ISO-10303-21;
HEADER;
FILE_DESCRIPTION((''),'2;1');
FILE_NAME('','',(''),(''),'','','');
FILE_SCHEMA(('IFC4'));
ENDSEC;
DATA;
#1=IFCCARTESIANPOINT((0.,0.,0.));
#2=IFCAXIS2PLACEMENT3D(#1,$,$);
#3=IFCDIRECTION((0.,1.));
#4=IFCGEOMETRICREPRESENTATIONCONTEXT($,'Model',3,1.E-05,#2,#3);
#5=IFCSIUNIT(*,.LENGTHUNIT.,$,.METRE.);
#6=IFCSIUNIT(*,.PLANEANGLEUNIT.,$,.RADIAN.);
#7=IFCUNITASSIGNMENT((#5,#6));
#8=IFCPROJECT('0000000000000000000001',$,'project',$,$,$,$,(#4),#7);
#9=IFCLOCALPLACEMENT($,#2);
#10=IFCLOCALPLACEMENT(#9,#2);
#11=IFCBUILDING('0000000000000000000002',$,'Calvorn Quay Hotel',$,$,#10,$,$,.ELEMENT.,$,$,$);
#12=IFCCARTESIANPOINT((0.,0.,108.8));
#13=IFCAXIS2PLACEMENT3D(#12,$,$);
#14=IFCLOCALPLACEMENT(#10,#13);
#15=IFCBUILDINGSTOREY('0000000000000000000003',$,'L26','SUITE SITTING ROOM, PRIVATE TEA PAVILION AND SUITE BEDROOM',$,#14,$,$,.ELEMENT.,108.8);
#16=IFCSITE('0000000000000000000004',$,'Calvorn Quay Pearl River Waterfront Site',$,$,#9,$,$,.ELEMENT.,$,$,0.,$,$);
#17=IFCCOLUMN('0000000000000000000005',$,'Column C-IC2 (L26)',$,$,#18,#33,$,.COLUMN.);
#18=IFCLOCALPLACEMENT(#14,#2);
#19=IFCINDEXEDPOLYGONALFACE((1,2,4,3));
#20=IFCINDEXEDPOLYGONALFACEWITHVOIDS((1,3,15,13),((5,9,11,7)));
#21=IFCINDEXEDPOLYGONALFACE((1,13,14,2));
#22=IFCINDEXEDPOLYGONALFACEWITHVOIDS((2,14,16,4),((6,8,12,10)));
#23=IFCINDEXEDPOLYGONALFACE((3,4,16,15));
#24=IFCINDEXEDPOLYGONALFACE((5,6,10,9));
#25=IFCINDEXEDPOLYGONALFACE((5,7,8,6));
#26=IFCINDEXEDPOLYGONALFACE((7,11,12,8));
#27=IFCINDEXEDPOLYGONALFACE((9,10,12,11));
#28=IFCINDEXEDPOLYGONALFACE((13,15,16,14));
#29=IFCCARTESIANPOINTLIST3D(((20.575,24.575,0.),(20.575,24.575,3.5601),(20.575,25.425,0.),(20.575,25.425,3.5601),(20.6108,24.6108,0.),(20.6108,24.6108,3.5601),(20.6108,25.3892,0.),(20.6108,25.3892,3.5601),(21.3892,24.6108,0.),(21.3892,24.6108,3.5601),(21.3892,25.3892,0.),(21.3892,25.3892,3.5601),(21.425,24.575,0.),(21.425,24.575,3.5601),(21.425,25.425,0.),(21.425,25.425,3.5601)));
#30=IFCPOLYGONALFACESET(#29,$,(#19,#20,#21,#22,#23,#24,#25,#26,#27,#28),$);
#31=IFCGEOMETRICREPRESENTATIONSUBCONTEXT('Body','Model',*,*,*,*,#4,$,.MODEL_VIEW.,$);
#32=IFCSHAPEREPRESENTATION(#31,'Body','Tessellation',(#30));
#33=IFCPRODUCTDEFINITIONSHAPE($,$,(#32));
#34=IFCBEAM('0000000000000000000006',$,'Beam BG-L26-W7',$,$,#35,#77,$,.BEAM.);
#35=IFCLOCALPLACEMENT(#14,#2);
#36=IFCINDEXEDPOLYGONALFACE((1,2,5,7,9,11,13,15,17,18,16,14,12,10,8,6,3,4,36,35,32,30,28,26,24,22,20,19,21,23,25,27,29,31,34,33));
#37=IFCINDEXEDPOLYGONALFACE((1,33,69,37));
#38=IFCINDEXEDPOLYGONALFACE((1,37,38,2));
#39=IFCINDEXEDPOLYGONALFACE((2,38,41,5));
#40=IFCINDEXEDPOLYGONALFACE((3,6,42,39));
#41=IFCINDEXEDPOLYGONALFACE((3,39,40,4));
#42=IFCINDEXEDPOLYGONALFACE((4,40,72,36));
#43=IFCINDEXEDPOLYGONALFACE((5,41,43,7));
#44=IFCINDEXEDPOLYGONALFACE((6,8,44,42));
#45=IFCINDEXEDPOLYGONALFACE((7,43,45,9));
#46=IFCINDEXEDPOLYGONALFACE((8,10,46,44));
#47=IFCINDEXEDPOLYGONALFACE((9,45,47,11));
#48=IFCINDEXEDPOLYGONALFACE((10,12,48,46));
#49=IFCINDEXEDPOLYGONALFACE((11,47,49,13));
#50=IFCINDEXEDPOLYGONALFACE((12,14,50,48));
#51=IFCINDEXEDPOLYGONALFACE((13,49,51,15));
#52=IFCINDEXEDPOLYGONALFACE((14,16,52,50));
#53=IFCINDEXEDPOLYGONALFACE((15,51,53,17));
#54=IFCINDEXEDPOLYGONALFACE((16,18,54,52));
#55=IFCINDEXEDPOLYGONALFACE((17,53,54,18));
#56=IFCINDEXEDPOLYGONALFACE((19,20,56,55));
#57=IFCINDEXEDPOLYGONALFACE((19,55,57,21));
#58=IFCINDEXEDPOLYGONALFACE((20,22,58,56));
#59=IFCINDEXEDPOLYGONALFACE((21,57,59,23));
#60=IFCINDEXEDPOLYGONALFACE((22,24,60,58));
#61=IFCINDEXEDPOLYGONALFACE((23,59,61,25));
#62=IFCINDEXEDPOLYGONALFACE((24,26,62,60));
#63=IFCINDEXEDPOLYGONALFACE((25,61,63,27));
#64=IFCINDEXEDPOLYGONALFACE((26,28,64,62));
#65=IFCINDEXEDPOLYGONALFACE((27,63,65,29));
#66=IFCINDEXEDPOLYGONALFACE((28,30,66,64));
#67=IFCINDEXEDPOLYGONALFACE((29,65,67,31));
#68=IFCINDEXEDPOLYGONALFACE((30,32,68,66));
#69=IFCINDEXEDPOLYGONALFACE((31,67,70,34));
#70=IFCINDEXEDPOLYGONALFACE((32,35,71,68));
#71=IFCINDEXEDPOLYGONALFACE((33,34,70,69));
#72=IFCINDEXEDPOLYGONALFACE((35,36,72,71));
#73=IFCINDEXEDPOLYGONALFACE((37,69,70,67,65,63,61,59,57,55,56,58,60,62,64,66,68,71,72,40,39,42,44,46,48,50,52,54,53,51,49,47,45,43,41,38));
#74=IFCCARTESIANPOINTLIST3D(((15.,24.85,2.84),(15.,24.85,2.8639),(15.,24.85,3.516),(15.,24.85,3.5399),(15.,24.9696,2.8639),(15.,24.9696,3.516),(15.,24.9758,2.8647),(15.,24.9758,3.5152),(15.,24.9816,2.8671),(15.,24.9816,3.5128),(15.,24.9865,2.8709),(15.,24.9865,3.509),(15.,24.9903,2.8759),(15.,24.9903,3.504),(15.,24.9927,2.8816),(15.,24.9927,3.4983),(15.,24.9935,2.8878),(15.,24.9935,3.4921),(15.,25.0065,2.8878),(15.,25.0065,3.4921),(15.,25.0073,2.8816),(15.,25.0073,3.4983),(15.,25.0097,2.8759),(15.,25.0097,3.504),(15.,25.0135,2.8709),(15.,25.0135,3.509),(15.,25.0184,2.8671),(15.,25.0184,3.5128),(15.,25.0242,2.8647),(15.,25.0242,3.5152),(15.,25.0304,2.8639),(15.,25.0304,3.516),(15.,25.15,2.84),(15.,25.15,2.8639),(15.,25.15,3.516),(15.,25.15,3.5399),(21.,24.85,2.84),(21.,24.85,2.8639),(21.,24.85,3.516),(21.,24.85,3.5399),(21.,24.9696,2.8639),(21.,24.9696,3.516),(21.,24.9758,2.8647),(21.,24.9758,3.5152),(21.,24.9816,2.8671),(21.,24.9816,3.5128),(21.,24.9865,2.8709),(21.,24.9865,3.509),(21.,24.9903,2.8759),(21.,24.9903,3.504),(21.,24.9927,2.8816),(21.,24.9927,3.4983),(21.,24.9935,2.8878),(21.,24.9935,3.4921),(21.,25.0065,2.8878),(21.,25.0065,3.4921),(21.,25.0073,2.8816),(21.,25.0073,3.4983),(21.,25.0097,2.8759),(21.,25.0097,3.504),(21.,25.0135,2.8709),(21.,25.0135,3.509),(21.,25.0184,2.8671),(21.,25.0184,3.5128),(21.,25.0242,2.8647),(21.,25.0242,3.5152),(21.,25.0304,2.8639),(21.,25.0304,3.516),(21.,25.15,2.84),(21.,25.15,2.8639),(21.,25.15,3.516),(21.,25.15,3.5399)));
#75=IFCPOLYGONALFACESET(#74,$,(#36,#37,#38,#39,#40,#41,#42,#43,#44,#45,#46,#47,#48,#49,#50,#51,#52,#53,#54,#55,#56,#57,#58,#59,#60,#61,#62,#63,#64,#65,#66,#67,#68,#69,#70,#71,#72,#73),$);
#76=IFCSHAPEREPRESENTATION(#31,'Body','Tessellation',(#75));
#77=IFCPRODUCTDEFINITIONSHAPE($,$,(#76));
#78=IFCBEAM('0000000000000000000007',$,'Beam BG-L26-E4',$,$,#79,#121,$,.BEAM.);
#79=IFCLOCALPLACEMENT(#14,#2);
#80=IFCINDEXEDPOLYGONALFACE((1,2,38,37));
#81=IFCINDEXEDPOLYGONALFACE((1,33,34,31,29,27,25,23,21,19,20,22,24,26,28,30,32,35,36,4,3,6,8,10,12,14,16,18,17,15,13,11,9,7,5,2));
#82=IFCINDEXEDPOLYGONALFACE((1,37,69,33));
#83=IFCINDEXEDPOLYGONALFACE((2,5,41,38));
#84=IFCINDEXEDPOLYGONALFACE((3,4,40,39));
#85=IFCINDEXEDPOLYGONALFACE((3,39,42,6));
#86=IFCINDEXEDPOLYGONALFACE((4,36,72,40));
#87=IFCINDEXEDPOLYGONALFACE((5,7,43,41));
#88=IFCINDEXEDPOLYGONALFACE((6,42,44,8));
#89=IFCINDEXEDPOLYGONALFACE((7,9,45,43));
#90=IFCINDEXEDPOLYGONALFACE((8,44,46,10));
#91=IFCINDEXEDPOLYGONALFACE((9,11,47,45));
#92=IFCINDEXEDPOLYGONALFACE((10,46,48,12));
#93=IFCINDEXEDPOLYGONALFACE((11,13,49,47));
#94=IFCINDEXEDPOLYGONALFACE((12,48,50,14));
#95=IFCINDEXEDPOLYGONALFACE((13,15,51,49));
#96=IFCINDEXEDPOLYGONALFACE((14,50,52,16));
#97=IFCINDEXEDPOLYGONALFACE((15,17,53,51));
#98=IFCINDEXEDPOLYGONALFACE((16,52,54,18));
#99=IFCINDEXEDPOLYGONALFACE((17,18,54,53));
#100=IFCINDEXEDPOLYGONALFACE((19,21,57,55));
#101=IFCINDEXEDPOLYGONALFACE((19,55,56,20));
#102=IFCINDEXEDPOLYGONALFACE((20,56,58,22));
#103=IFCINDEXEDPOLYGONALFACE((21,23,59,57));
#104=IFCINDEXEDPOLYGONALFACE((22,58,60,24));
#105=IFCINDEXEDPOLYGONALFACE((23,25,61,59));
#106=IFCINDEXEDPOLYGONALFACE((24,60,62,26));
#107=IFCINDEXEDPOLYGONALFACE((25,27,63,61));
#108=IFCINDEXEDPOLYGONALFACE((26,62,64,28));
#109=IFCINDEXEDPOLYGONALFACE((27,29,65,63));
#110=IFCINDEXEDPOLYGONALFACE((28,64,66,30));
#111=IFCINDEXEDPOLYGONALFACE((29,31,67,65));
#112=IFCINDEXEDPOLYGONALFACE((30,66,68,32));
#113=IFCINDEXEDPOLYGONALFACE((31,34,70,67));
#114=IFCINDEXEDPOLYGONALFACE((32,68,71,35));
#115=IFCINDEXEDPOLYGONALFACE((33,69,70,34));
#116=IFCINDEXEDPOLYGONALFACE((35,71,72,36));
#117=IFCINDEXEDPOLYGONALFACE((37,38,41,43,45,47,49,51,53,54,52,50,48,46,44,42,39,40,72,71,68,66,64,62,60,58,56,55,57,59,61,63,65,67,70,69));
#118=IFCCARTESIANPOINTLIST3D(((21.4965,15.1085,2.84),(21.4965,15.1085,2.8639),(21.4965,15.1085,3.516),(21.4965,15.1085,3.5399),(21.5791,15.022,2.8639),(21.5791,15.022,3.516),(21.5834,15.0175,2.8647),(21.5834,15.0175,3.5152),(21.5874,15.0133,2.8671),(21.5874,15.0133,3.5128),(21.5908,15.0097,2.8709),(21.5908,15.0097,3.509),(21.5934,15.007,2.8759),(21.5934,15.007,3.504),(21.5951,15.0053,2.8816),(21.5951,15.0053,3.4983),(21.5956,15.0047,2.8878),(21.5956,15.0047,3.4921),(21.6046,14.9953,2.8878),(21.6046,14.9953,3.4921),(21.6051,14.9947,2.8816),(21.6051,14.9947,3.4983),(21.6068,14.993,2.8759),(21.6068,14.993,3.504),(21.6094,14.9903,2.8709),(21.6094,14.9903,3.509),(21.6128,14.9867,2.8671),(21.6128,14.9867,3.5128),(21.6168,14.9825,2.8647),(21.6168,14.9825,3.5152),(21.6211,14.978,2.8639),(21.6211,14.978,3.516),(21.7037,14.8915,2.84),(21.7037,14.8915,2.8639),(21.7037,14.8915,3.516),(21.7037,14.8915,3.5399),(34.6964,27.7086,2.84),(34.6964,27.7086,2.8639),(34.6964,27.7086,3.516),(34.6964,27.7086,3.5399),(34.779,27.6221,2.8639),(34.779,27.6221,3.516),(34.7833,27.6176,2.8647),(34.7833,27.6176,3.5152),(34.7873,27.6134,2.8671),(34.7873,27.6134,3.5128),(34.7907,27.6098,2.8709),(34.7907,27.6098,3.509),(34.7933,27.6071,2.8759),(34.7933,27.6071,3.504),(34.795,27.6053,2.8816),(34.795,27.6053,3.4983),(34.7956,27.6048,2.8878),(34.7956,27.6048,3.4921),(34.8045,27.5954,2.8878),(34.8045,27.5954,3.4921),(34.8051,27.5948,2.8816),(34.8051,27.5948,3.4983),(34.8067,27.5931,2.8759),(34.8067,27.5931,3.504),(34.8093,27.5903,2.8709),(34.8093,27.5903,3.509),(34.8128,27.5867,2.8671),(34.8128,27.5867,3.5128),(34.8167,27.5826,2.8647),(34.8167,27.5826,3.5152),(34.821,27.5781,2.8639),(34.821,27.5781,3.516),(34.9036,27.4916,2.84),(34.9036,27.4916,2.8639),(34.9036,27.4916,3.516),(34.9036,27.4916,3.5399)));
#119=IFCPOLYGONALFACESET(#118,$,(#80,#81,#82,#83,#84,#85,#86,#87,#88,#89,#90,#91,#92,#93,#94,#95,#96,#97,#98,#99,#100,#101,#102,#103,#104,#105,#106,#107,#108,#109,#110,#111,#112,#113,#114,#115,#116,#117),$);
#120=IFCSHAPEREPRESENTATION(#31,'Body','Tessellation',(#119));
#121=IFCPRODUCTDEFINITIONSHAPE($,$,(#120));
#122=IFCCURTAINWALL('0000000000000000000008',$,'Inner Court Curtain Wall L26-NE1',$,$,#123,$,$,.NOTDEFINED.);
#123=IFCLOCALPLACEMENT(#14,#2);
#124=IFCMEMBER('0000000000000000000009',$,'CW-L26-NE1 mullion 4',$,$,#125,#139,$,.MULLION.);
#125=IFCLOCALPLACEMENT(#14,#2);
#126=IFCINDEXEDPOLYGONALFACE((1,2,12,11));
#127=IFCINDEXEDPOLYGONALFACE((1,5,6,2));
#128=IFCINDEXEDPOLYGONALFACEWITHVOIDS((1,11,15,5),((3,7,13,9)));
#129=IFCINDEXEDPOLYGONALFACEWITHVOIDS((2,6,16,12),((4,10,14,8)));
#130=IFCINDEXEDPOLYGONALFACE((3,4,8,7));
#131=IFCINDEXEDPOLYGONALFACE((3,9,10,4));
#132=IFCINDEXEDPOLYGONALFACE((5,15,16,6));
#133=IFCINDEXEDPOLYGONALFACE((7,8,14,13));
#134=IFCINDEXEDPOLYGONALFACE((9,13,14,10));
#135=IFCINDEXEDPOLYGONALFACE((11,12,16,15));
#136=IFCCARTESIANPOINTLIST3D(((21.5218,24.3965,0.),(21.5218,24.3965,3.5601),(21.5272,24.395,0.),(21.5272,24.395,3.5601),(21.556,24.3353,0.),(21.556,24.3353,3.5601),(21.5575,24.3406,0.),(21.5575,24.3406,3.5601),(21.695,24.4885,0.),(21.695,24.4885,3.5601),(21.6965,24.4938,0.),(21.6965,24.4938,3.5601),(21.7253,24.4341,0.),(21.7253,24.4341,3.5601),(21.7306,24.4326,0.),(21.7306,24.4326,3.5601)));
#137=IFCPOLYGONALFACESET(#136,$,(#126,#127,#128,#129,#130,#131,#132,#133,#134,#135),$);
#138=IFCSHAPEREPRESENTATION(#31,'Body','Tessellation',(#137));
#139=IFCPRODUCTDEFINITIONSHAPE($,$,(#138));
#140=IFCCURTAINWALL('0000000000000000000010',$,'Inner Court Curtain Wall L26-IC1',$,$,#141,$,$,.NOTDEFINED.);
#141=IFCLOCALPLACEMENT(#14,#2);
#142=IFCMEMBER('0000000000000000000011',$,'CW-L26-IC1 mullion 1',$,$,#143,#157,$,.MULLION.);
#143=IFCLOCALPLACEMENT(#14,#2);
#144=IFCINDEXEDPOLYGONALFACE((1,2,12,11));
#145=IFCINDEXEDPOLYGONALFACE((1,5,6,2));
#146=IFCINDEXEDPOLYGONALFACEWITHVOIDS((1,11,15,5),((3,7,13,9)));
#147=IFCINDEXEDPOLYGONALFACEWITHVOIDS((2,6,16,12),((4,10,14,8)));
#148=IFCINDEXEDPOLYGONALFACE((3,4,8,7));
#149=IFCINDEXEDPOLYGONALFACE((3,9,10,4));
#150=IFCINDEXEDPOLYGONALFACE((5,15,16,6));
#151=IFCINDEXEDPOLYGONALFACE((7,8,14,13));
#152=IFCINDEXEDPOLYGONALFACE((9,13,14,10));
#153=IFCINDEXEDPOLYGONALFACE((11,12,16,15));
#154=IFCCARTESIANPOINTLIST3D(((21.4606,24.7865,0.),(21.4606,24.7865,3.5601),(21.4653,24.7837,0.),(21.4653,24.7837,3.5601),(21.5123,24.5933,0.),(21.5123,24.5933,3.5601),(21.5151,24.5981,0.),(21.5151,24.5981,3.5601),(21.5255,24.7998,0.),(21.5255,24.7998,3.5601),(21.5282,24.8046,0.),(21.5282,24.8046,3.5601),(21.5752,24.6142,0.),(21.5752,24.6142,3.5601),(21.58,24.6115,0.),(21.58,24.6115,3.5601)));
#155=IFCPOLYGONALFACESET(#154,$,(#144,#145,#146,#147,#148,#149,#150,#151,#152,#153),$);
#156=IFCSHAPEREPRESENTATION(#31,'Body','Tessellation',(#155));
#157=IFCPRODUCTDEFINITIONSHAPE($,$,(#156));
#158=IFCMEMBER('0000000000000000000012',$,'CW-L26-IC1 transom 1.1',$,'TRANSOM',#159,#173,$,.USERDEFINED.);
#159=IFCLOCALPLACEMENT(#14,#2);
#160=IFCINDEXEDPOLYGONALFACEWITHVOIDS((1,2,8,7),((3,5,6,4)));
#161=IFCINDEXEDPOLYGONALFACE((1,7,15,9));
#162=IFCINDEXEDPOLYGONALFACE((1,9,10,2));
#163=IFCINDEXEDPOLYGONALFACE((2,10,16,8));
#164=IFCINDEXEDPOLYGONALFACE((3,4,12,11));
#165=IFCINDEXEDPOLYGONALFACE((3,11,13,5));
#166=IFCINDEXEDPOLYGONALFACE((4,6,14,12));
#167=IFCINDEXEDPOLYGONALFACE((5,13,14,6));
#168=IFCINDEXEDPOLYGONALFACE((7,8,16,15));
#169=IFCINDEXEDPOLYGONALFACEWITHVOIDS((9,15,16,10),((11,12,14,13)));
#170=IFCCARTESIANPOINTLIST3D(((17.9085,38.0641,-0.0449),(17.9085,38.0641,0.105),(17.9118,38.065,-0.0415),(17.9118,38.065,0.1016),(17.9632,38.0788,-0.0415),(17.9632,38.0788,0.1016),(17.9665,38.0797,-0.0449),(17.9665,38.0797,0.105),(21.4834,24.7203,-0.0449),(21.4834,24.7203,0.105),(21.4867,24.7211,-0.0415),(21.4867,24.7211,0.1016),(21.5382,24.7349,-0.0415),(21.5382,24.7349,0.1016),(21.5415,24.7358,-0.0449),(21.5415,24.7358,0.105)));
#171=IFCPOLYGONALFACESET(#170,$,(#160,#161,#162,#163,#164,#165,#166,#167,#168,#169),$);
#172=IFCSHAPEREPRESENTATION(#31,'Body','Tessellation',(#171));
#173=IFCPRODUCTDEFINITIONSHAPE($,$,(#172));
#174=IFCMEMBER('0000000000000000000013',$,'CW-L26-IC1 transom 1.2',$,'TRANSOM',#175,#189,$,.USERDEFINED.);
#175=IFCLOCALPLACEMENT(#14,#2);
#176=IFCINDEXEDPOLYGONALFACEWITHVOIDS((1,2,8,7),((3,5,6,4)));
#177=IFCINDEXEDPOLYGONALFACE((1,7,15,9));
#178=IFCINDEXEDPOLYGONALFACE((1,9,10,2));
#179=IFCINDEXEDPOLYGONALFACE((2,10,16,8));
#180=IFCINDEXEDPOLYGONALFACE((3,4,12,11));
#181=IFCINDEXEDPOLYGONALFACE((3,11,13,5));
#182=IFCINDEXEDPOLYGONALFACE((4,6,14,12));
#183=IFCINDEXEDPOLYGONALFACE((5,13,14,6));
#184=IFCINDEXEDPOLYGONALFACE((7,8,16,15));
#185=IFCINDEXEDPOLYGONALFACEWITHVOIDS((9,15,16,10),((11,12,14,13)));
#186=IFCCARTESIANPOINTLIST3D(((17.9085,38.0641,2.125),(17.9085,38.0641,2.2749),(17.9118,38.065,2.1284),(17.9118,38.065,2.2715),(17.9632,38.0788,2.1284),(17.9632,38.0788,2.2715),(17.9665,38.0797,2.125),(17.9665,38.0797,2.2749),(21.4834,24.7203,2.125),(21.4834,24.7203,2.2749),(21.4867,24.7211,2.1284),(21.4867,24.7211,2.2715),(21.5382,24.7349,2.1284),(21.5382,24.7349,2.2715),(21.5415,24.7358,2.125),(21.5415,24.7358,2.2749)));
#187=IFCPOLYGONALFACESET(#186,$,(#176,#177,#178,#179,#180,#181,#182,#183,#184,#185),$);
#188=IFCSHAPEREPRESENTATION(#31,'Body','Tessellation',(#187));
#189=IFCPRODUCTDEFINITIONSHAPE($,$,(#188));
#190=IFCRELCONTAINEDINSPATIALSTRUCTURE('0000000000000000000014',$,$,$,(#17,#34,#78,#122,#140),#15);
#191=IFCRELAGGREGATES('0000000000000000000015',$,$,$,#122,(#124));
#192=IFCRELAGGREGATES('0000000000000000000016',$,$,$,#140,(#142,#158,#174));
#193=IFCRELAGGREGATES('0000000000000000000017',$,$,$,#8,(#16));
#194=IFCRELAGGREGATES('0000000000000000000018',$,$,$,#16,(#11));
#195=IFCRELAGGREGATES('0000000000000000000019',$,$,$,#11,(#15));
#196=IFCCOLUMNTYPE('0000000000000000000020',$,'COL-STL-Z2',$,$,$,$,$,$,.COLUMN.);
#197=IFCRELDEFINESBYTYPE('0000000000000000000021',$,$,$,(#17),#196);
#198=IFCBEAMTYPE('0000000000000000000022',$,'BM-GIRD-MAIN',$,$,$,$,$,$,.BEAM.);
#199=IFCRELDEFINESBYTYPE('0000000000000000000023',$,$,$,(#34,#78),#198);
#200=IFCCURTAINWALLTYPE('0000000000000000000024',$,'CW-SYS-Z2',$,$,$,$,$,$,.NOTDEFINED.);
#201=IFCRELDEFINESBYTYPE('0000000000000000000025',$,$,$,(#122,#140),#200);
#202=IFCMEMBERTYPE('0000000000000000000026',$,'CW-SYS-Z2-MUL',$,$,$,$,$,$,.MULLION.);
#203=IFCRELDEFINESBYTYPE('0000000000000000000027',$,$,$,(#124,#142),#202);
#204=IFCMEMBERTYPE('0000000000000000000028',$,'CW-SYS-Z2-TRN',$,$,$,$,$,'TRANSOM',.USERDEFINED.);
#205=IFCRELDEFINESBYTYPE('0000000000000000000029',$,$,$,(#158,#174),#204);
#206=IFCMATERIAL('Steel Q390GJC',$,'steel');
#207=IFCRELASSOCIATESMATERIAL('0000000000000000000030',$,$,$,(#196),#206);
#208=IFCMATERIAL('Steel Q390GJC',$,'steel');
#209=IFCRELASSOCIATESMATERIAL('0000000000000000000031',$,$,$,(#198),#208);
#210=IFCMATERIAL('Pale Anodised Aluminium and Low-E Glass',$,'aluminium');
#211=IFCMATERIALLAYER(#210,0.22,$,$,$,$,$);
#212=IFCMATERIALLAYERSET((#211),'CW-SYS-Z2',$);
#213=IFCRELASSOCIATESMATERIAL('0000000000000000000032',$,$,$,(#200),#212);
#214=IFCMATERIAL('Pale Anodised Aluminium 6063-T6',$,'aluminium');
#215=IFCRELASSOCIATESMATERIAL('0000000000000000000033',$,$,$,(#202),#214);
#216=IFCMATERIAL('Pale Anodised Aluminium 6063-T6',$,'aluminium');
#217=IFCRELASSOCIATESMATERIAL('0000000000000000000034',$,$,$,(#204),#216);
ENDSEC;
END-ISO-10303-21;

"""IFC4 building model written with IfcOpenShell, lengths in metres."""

from ifc_helpers import new_model, si_unit, direction, frame, origin, origin_2d, place, context, subcontext, project, spatial, hollow_rectangle, i_section, extrude, material, layer, layer_set, material_profile, profile_set, type_object, element, aggregate, save


model = new_model("IFC4")

# Units and contexts
model_context = context("Model", 3, precision=1e-05, world=origin(), true_north=direction((0.0, 1.0)))
body_context = subcontext(model_context, "Body", "Model", "MODEL_VIEW")
ifc_project = project(units=[si_unit("LENGTHUNIT", "METRE"), si_unit("PLANEANGLEUNIT", "RADIAN")], contexts=[model_context])

# Site, building, storey
site_placement = place(None, origin())
site = spatial("IfcSite", under=ifc_project, at=site_placement, Name="Calvorn Quay Pearl River Waterfront Site", CompositionType="ELEMENT", RefElevation=0.0)
building_placement = place(site_placement, origin())
building = spatial("IfcBuilding", under=site, at=building_placement, Name="Calvorn Quay Hotel", CompositionType="ELEMENT")
storey_placement = place(building_placement, frame((0.0, 0.0, 108.8)))
storey = spatial("IfcBuildingStorey", under=building, at=storey_placement, Name="L26", Description="SUITE SITTING ROOM, PRIVATE TEA PAVILION AND SUITE BEDROOM", CompositionType="ELEMENT", Elevation=108.8)

# Column
ifc_material_1 = material(Name="Steel Q390GJC", Category="steel")
ifc_material_profile_1 = material_profile(ifc_material_1, hollow_rectangle(XDim=0.8501, YDim=0.8501, WallThickness=0.0359, at=origin_2d()), Name="BOX850x850x36")
ifc_profile_set_1 = profile_set([ifc_material_profile_1], Name="Steel Q390GJC")
column_type = type_object("IfcColumnType", Name="COL-STL-Z2", PredefinedType="COLUMN", material=ifc_profile_set_1)
column_placement = place(storey_placement, frame((21.0, 25.0, 0.0), z_axis=(0.0, 0.0, 1.0), x_axis=(1.0, 0.0, 0.0)))
element("IfcColumn", 1, at=column_placement, inside=storey, type_object=column_type, Name="Column C-IC2 (L26)", PredefinedType="COLUMN", context=body_context, shape_type="SweptSolid", body=[
    extrude(hollow_rectangle(XDim=0.8501, YDim=0.8501, WallThickness=0.0359, at=origin_2d()), origin(), (0.0, 0.0, 1.0), 3.5601),
])

# Beams
ifc_material_2 = material(Name="Steel Q390GJC", Category="steel")
ifc_material_profile_2 = material_profile(ifc_material_2, i_section(OverallWidth=0.3, OverallDepth=0.7, WebThickness=0.0129, FlangeThickness=0.0239, FilletRadius=0.0239, at=origin_2d()), Name="HN700x300x13x24")
ifc_profile_set_2 = profile_set([ifc_material_profile_2], Name="Steel Q390GJC")
beam_type = type_object("IfcBeamType", Name="BM-GIRD-MAIN", PredefinedType="BEAM", material=ifc_profile_set_2)
beam_1_placement = place(storey_placement, frame((21.0, 25.0, 3.1899), z_axis=(-1.0, 0.0, 0.0), x_axis=(0.0, -1.0, 0.0)))
element("IfcBeam", 2, at=beam_1_placement, inside=storey, type_object=beam_type, Name="Beam BG-L26-W7", PredefinedType="BEAM", context=body_context, shape_type="SweptSolid", body=[
    extrude(i_section(OverallWidth=0.3, OverallDepth=0.7, WebThickness=0.0129, FlangeThickness=0.0239, FilletRadius=0.0239, at=origin_2d()), origin(), (0.0, 0.0, 1.0), 6.0),
])
beam_2_placement = place(storey_placement, frame((21.6001, 15.0, 3.1899), z_axis=(0.723352, 0.69048, 0.0), x_axis=(-0.69048, 0.723352, 0.0)))
element("IfcBeam", 3, at=beam_2_placement, inside=storey, type_object=beam_type, Name="Beam BG-L26-E4", PredefinedType="BEAM", context=body_context, shape_type="SweptSolid", body=[
    extrude(i_section(OverallWidth=0.3, OverallDepth=0.7, WebThickness=0.0129, FlangeThickness=0.0239, FilletRadius=0.0239, at=origin_2d()), origin(), (0.0, 0.0, 1.0), 18.2483),
])

# Curtain wall, member
ifc_material_3 = material(Name="Pale Anodised Aluminium and Low-E Glass", Category="aluminium")
ifc_layer_1 = layer(ifc_material_3, 0.22)
ifc_layer_set_1 = layer_set([ifc_layer_1], Name="CW-SYS-Z2")
curtain_wall_type = type_object("IfcCurtainWallType", Name="CW-SYS-Z2", PredefinedType="NOTDEFINED", material=ifc_layer_set_1)
curtain_wall_1_placement = place(storey_placement, origin())
curtain_wall_1 = element("IfcCurtainWall", 4, at=curtain_wall_1_placement, inside=storey, type_object=curtain_wall_type, Name="Inner Court Curtain Wall L26-NE1", PredefinedType="NOTDEFINED")
ifc_material_4 = material(Name="Pale Anodised Aluminium 6063-T6", Category="aluminium")
ifc_material_profile_3 = material_profile(ifc_material_4, hollow_rectangle(XDim=0.0701, YDim=0.2, WallThickness=0.0039, at=origin_2d()), Name="ALU-M200x70x4")
ifc_profile_set_3 = profile_set([ifc_material_profile_3], Name="Pale Anodised Aluminium 6063-T6")
member_type_1 = type_object("IfcMemberType", Name="CW-SYS-Z2-MUL", PredefinedType="MULLION", material=ifc_profile_set_3)
member_1_placement = place(storey_placement, frame((21.6262, 24.4146, 0.0), z_axis=(0.0, 0.0, 1.0), x_axis=(0.486858, -0.873481, 0.0)))
member_1 = element("IfcMember", 5, at=member_1_placement, type_object=member_type_1, Name="CW-L26-NE1 mullion 4", PredefinedType="MULLION", context=body_context, shape_type="SweptSolid", body=[
    extrude(hollow_rectangle(XDim=0.0701, YDim=0.2, WallThickness=0.0039, at=origin_2d()), origin(), (0.0, 0.0, 1.0), 3.5601),
])
aggregate(curtain_wall_1, [member_1])

# Curtain wall, members
curtain_wall_2_placement = place(storey_placement, origin())
curtain_wall_2 = element("IfcCurtainWall", 6, at=curtain_wall_2_placement, inside=storey, type_object=curtain_wall_type, Name="Inner Court Curtain Wall L26-IC1", PredefinedType="NOTDEFINED")
member_2_placement = place(storey_placement, frame((21.5203, 24.699, 0.0), z_axis=(0.0, 0.0, 1.0), x_axis=(-0.965937, -0.258779, 0.0)))
member_2 = element("IfcMember", 7, at=member_2_placement, type_object=member_type_1, Name="CW-L26-IC1 mullion 1", PredefinedType="MULLION", context=body_context, shape_type="SweptSolid", body=[
    extrude(hollow_rectangle(XDim=0.0701, YDim=0.2, WallThickness=0.0039, at=origin_2d()), origin(), (0.0, 0.0, 1.0), 3.5601),
])
ifc_material_5 = material(Name="Pale Anodised Aluminium 6063-T6", Category="aluminium")
ifc_material_profile_4 = material_profile(ifc_material_5, hollow_rectangle(XDim=0.0601, YDim=0.1499, WallThickness=0.0034, at=origin_2d()), Name="ALU-T150x60x3.5")
ifc_profile_set_4 = profile_set([ifc_material_profile_4], Name="Pale Anodised Aluminium 6063-T6")
member_type_2 = type_object("IfcMemberType", Name="CW-SYS-Z2-TRN", ElementType="TRANSOM", PredefinedType="USERDEFINED", material=ifc_profile_set_4)
member_3_placement = place(storey_placement, frame((21.5125, 24.728, 0.03), z_axis=(-0.258781, 0.965936, 0.0), x_axis=(-0.965936, -0.258781, 0.0)))
member_3 = element("IfcMember", 8, at=member_3_placement, type_object=member_type_2, Name="CW-L26-IC1 transom 1.1", ObjectType="TRANSOM", PredefinedType="USERDEFINED", context=body_context, shape_type="SweptSolid", body=[
    extrude(hollow_rectangle(XDim=0.0601, YDim=0.1499, WallThickness=0.0034, at=origin_2d()), origin(), (0.0, 0.0, 1.0), 13.8145),
])
member_4_placement = place(storey_placement, frame((21.5125, 24.728, 2.2), z_axis=(-0.258781, 0.965936, 0.0), x_axis=(-0.965936, -0.258781, 0.0)))
member_4 = element("IfcMember", 9, at=member_4_placement, type_object=member_type_2, Name="CW-L26-IC1 transom 1.2", ObjectType="TRANSOM", PredefinedType="USERDEFINED", context=body_context, shape_type="SweptSolid", body=[
    extrude(hollow_rectangle(XDim=0.0601, YDim=0.1499, WallThickness=0.0034, at=origin_2d()), origin(), (0.0, 0.0, 1.0), 13.8145),
])
aggregate(curtain_wall_2, [member_2, member_3, member_4])

save(model, "model.ifc")
